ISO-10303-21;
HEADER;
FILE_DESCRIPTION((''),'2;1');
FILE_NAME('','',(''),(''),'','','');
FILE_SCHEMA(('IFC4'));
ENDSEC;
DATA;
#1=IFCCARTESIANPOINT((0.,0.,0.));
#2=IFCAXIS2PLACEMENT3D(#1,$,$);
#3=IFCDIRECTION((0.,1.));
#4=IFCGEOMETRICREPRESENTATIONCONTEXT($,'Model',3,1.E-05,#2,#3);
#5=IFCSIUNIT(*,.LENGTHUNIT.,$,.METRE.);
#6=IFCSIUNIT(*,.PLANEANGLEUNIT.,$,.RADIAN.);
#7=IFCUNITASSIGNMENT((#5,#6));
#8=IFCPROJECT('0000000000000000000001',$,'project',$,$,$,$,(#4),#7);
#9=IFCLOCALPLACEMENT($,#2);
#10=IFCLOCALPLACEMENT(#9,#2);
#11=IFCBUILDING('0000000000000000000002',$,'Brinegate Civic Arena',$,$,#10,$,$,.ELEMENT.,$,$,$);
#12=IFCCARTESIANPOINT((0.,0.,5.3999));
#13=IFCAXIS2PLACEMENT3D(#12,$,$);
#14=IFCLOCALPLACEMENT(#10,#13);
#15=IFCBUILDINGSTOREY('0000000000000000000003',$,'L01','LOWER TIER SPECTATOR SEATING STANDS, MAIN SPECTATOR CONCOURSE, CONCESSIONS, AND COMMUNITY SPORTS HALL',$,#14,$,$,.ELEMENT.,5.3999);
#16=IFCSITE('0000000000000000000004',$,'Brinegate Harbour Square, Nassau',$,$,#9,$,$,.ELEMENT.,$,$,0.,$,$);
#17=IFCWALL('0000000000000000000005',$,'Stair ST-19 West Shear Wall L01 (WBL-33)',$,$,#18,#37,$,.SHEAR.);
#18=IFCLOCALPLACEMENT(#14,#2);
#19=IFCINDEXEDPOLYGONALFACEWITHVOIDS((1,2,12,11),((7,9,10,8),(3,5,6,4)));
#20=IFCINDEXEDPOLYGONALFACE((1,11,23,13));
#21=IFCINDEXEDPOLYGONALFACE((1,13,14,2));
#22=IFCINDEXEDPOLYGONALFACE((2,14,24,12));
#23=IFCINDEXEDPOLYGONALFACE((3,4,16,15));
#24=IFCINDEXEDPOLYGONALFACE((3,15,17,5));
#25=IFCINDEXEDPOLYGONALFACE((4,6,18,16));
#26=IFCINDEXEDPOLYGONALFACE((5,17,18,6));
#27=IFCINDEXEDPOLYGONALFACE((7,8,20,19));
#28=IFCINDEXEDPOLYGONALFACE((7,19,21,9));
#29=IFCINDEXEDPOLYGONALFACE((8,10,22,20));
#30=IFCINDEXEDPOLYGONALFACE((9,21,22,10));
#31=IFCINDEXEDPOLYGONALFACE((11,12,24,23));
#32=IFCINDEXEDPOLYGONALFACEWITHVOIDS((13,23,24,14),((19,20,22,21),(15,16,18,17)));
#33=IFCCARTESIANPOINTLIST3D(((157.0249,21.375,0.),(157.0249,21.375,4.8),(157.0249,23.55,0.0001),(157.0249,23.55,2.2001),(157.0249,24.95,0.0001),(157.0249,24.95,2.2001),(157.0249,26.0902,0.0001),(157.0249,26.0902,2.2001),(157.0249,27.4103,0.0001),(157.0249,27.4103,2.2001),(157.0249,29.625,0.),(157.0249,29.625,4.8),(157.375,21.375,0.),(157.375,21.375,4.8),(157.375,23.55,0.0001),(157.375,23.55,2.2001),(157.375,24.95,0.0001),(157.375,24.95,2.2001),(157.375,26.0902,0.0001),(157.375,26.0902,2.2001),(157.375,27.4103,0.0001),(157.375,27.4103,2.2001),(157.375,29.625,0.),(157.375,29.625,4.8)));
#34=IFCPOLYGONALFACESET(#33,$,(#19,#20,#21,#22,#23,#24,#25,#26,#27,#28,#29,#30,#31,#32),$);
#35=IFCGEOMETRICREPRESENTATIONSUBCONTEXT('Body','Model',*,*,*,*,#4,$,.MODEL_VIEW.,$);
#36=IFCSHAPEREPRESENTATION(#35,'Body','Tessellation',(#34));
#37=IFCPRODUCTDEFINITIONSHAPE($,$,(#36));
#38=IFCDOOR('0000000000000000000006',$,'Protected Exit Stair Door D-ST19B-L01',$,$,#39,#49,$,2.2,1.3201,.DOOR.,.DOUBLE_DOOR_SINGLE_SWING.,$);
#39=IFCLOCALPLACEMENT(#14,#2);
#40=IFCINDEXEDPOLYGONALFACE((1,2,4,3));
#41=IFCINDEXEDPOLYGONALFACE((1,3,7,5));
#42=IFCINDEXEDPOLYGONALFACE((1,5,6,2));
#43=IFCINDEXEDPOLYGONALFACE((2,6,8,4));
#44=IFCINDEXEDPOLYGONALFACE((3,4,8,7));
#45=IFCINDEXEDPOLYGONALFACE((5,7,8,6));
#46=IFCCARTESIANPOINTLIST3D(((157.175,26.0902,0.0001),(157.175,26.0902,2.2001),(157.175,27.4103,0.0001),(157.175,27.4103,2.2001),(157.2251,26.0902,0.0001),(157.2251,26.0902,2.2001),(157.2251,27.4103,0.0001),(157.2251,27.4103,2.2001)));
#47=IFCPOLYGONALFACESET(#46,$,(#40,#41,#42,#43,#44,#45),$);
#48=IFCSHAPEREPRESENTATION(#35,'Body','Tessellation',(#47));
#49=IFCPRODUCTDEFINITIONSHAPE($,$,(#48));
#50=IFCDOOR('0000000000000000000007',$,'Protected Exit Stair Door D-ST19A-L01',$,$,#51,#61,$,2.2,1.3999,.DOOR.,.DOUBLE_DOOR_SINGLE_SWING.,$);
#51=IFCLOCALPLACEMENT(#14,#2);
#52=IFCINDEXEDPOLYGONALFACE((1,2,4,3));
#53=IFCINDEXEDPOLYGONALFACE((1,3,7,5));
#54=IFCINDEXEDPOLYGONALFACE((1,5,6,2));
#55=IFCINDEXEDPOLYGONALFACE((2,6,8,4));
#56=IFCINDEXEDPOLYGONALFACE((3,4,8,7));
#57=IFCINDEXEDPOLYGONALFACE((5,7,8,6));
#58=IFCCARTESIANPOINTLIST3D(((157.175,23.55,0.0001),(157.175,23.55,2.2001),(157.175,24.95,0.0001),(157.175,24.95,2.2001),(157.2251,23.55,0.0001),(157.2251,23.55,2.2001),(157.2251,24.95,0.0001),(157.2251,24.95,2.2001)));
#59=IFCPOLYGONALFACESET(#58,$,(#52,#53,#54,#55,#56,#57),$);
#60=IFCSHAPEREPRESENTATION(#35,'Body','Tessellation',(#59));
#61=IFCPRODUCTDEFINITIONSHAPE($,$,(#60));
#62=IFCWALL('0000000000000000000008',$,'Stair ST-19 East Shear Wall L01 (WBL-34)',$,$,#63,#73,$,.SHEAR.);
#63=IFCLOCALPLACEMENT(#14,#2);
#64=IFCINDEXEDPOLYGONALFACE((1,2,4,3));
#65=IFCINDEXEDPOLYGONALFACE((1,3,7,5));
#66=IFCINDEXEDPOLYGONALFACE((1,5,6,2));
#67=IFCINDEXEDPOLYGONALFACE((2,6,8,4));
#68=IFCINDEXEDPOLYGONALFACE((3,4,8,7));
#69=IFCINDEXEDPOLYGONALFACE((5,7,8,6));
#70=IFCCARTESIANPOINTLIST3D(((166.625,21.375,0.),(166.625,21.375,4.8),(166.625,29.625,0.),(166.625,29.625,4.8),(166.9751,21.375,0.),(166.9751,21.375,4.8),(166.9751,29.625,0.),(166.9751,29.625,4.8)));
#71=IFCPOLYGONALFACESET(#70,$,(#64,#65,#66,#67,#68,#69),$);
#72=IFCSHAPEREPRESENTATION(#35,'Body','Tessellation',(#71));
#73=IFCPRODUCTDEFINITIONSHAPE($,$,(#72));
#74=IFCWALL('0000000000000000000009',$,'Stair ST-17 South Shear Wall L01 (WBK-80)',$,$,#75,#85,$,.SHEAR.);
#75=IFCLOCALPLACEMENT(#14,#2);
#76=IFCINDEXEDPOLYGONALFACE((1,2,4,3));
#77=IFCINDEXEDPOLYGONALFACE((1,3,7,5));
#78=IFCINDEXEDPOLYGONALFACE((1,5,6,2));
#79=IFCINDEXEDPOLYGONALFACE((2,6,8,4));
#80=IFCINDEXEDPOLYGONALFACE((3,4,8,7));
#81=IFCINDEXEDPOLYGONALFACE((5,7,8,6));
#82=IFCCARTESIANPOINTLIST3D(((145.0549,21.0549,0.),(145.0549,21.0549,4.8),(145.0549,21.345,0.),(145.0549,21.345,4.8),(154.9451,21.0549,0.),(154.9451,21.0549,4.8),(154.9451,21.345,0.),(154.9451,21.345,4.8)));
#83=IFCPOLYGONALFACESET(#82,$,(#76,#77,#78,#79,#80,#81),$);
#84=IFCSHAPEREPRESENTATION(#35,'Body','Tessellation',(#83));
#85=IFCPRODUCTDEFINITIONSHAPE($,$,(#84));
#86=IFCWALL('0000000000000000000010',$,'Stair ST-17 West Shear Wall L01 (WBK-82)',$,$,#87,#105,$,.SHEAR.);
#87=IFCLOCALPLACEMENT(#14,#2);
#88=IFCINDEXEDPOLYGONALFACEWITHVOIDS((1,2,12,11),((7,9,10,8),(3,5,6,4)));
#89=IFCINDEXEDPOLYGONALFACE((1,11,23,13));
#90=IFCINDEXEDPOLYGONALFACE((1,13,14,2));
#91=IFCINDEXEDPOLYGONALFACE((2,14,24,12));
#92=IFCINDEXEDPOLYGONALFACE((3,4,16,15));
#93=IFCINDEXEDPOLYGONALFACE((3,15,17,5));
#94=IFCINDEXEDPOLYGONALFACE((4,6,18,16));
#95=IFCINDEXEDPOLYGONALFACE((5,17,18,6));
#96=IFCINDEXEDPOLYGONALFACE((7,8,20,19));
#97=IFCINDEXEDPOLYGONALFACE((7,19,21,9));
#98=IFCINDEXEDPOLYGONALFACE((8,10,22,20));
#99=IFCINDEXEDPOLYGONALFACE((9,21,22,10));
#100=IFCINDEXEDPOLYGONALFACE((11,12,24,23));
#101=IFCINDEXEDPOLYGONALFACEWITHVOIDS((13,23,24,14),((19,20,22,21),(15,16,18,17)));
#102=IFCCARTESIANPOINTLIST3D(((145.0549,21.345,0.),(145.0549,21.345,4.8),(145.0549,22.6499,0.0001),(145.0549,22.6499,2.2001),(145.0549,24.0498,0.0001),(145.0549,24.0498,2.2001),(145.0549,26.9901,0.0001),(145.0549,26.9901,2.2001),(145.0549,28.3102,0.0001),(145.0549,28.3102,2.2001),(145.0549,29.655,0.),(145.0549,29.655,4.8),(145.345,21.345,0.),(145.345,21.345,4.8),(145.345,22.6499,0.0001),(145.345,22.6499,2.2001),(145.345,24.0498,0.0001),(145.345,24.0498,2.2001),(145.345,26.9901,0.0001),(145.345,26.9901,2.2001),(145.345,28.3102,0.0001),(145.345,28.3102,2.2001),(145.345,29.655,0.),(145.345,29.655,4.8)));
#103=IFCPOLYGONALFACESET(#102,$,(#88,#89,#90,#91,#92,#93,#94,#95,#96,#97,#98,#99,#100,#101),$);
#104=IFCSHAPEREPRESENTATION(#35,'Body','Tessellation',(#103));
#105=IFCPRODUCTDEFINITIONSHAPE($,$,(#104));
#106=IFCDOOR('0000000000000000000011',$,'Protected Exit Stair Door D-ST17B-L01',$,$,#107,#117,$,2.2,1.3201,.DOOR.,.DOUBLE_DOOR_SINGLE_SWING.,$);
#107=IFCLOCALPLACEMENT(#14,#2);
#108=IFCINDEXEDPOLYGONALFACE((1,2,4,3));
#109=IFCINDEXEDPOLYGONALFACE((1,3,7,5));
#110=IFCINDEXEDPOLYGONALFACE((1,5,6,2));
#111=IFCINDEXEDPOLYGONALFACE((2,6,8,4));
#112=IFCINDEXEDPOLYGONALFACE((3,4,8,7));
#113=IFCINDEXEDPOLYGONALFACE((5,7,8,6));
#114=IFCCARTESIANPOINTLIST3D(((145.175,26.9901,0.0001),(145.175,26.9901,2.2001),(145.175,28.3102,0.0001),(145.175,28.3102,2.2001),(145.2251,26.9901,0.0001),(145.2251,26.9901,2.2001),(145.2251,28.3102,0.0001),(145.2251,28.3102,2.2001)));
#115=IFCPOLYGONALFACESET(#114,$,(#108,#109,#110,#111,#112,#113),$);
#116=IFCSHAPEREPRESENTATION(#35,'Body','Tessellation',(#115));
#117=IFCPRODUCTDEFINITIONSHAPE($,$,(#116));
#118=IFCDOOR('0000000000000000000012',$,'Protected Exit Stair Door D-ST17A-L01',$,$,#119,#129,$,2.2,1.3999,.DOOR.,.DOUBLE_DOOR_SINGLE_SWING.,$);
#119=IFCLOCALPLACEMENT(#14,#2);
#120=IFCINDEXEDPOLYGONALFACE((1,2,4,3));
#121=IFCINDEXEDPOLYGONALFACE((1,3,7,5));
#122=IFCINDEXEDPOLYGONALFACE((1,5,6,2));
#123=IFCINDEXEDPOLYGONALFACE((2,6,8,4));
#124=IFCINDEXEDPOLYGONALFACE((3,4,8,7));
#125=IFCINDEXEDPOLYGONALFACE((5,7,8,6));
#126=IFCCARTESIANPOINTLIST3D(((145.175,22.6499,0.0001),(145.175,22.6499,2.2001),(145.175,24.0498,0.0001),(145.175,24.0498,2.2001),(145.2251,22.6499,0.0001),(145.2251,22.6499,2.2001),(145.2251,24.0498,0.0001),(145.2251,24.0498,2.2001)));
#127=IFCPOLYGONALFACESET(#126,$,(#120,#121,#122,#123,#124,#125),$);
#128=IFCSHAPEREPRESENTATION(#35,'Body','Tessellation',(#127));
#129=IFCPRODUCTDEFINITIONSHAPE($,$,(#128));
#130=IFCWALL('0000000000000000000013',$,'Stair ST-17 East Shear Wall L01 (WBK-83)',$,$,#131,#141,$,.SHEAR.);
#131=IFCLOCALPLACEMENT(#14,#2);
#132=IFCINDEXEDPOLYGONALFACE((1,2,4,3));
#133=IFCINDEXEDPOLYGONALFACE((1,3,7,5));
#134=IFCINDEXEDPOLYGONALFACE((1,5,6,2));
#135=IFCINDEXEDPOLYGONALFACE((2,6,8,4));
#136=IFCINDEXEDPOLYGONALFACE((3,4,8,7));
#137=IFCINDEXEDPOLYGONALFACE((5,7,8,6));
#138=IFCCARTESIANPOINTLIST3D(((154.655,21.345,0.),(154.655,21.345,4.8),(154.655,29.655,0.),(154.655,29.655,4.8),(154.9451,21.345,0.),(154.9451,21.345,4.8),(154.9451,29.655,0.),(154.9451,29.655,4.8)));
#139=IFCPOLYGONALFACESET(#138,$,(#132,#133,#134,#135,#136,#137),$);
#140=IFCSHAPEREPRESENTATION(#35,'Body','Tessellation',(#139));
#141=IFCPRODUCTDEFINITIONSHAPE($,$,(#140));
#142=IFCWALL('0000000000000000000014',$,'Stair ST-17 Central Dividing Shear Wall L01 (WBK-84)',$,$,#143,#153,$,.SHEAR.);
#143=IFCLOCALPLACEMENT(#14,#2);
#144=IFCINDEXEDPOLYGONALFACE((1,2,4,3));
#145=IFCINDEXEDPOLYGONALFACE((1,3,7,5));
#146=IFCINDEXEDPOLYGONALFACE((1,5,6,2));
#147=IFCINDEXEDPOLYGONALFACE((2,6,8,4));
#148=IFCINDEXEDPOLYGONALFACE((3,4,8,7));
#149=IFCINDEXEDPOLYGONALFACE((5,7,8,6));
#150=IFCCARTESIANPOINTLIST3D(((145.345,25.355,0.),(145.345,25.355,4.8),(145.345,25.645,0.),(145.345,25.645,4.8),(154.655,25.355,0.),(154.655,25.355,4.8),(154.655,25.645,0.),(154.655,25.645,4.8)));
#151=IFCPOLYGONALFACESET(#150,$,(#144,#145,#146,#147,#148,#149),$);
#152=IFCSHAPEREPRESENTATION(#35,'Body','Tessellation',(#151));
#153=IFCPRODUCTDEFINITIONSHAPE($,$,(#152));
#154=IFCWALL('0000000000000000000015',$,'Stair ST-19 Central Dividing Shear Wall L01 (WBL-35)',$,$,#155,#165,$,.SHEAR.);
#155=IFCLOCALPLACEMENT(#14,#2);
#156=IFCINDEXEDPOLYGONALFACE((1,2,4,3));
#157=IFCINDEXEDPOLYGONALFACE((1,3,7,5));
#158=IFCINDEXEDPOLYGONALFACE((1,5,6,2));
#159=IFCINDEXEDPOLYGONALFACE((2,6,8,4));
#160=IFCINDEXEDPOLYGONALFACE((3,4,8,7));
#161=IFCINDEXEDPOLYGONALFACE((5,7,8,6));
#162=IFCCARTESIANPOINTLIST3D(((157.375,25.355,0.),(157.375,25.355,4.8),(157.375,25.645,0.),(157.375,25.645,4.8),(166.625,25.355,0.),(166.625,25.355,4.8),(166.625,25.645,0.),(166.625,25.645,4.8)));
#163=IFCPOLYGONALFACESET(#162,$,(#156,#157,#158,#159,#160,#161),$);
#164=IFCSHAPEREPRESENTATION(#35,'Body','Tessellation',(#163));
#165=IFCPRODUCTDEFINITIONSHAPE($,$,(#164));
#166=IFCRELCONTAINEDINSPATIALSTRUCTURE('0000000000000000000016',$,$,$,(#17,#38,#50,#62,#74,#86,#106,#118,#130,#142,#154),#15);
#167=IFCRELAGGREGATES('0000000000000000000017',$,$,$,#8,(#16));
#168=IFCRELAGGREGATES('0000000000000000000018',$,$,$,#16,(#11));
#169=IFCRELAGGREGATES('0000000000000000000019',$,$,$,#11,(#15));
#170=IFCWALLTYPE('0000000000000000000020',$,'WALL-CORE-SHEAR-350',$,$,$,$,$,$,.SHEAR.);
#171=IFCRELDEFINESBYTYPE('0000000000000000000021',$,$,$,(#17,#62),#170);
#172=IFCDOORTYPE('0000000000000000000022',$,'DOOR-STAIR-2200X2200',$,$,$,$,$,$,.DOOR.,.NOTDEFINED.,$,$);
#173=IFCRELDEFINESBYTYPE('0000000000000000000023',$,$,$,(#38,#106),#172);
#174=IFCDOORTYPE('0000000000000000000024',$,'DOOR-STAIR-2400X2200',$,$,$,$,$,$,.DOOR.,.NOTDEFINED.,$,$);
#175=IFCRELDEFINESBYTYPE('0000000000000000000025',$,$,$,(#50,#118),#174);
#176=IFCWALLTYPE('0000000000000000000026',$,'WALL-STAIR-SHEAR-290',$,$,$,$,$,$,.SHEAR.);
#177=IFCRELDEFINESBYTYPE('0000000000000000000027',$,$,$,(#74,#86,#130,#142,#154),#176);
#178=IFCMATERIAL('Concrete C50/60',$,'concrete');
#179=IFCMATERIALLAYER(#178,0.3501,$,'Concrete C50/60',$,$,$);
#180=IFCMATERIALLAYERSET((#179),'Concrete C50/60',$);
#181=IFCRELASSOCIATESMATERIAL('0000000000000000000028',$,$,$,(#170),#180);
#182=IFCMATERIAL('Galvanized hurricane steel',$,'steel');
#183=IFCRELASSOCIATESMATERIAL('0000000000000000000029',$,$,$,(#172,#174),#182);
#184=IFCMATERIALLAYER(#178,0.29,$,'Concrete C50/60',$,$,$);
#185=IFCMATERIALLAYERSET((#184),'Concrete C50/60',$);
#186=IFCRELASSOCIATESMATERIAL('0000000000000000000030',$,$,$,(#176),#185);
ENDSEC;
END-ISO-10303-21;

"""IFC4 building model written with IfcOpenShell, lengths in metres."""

from ifc_helpers import new_model, si_unit, direction, frame, frame_2d, origin, place, context, subcontext, project, spatial, rectangle, extrude, material, layer, layer_set, type_object, element, fill, save


model = new_model("IFC4")

# Units and contexts
model_context = context("Model", 3, precision=1e-05, world=origin(), true_north=direction((0.0, 1.0)))
body_context = subcontext(model_context, "Body", "Model", "MODEL_VIEW")
ifc_project = project(units=[si_unit("LENGTHUNIT", "METRE"), si_unit("PLANEANGLEUNIT", "RADIAN")], contexts=[model_context])

# Site, building, storey
site_placement = place(None, origin())
site = spatial("IfcSite", under=ifc_project, at=site_placement, Name="Brinegate Harbour Square, Nassau", CompositionType="ELEMENT", RefElevation=0.0)
building_placement = place(site_placement, origin())
building = spatial("IfcBuilding", under=site, at=building_placement, Name="Brinegate Civic Arena", CompositionType="ELEMENT")
storey_placement = place(building_placement, frame((0.0, 0.0, 5.3999)))
storey = spatial("IfcBuildingStorey", under=building, at=storey_placement, Name="L01", Description="LOWER TIER SPECTATOR SEATING STANDS, MAIN SPECTATOR CONCOURSE, CONCESSIONS, AND COMMUNITY SPORTS HALL", CompositionType="ELEMENT", Elevation=5.3999)

# Shared definitions
ifc_material_1 = material(Name="Concrete C50/60", Category="concrete")

# Shared definitions
ifc_layer_1 = layer(ifc_material_1, 0.3501, Name="Concrete C50/60")
ifc_layer_set_1 = layer_set([ifc_layer_1], Name="Concrete C50/60")
wall_type_1 = type_object("IfcWallType", Name="WALL-CORE-SHEAR-350", PredefinedType="SHEAR", material=ifc_layer_set_1)

# Wall, openings, doors
wall_1_placement = place(storey_placement, frame((157.2, 21.375, 0.0), z_axis=(0.0, 0.0, 1.0), x_axis=(0.0, 1.0, 0.0)))
wall_1 = element("IfcWall", 1, at=wall_1_placement, inside=storey, type_object=wall_type_1, Name="Stair ST-19 West Shear Wall L01 (WBL-33)", PredefinedType="SHEAR", context=body_context, shape_type="SweptSolid", body=[
    extrude(rectangle(XDim=8.25, YDim=0.3501, at=frame_2d((4.125, 0.0))), origin(), (0.0, 0.0, 1.0), 4.8),
])
opening_1_placement = place(wall_1_placement, frame((2.175, 0.0, 0.0)))
opening_1 = element("IfcOpeningElement", 2, at=opening_1_placement, cuts=wall_1, PredefinedType="OPENING", context=body_context, shape_type="SweptSolid", body=[
    extrude(rectangle(XDim=1.3999, YDim=2.2, at=frame_2d((0.7, 1.1001))), frame((0.0, 0.1851, 0.0), z_axis=(0.0, -1.0, 0.0), x_axis=(1.0, 0.0, 0.0)), (0.0, 0.0, 1.0), 0.3701),
])
opening_2_placement = place(wall_1_placement, frame((4.7151, 0.0, 0.0)))
opening_2 = element("IfcOpeningElement", 3, at=opening_2_placement, cuts=wall_1, PredefinedType="OPENING", context=body_context, shape_type="SweptSolid", body=[
    extrude(rectangle(XDim=1.3201, YDim=2.2, at=frame_2d((0.6602, 1.1001))), frame((0.0, 0.1851, 0.0), z_axis=(0.0, -1.0, 0.0), x_axis=(1.0, 0.0, 0.0)), (0.0, 0.0, 1.0), 0.3701),
])
ifc_material_2 = material(Name="Galvanized hurricane steel", Category="steel")
door_type_1 = type_object("IfcDoorType", Name="DOOR-STAIR-2200X2200", OperationType="NOTDEFINED", PredefinedType="DOOR", material=ifc_material_2)
door_1_placement = place(opening_2_placement, origin())
door_1 = element("IfcDoor", 4, at=door_1_placement, inside=storey, type_object=door_type_1, Name="Protected Exit Stair Door D-ST19B-L01", OperationType="DOUBLE_DOOR_SINGLE_SWING", OverallHeight=2.2, OverallWidth=1.3201, PredefinedType="DOOR", context=body_context, shape_type="SweptSolid", body=[
    extrude(rectangle(XDim=1.3201, YDim=2.2, at=frame_2d((0.6602, 1.1001))), frame((0.0, 0.0249, 0.0), z_axis=(0.0, -1.0, 0.0), x_axis=(1.0, 0.0, 0.0)), (0.0, 0.0, 1.0), 0.05),
])
fill(opening_2, door_1)
door_type_2 = type_object("IfcDoorType", Name="DOOR-STAIR-2400X2200", OperationType="NOTDEFINED", PredefinedType="DOOR", material=ifc_material_2)
door_2_placement = place(opening_1_placement, origin())
door_2 = element("IfcDoor", 5, at=door_2_placement, inside=storey, type_object=door_type_2, Name="Protected Exit Stair Door D-ST19A-L01", OperationType="DOUBLE_DOOR_SINGLE_SWING", OverallHeight=2.2, OverallWidth=1.3999, PredefinedType="DOOR", context=body_context, shape_type="SweptSolid", body=[
    extrude(rectangle(XDim=1.3999, YDim=2.2, at=frame_2d((0.7, 1.1001))), frame((0.0, 0.0249, 0.0), z_axis=(0.0, -1.0, 0.0), x_axis=(1.0, 0.0, 0.0)), (0.0, 0.0, 1.0), 0.05),
])
fill(opening_1, door_2)

# Walls
wall_2_placement = place(storey_placement, frame((166.8, 21.375, 0.0), z_axis=(0.0, 0.0, 1.0), x_axis=(0.0, 1.0, 0.0)))
element("IfcWall", 6, at=wall_2_placement, inside=storey, type_object=wall_type_1, Name="Stair ST-19 East Shear Wall L01 (WBL-34)", PredefinedType="SHEAR", context=body_context, shape_type="SweptSolid", body=[
    extrude(rectangle(XDim=8.25, YDim=0.3501, at=frame_2d((4.125, 0.0))), origin(), (0.0, 0.0, 1.0), 4.8),
])
ifc_layer_2 = layer(ifc_material_1, 0.29, Name="Concrete C50/60")
ifc_layer_set_2 = layer_set([ifc_layer_2], Name="Concrete C50/60")
wall_type_2 = type_object("IfcWallType", Name="WALL-STAIR-SHEAR-290", PredefinedType="SHEAR", material=ifc_layer_set_2)
wall_3_placement = place(storey_placement, frame((145.0549, 21.2, 0.0), z_axis=(0.0, 0.0, 1.0), x_axis=(1.0, 0.0, 0.0)))
element("IfcWall", 7, at=wall_3_placement, inside=storey, type_object=wall_type_2, Name="Stair ST-17 South Shear Wall L01 (WBK-80)", PredefinedType="SHEAR", context=body_context, shape_type="SweptSolid", body=[
    extrude(rectangle(XDim=9.8901, YDim=0.29, at=frame_2d((4.9451, 0.0))), origin(), (0.0, 0.0, 1.0), 4.8),
])

# Wall, openings, doors
wall_4_placement = place(storey_placement, frame((145.2, 21.345, 0.0), z_axis=(0.0, 0.0, 1.0), x_axis=(0.0, 1.0, 0.0)))
wall_4 = element("IfcWall", 8, at=wall_4_placement, inside=storey, type_object=wall_type_2, Name="Stair ST-17 West Shear Wall L01 (WBK-82)", PredefinedType="SHEAR", context=body_context, shape_type="SweptSolid", body=[
    extrude(rectangle(XDim=8.3101, YDim=0.29, at=frame_2d((4.155, 0.0))), origin(), (0.0, 0.0, 1.0), 4.8),
])
opening_3_placement = place(wall_4_placement, frame((1.3049, 0.0, 0.0)))
opening_3 = element("IfcOpeningElement", 9, at=opening_3_placement, cuts=wall_4, PredefinedType="OPENING", context=body_context, shape_type="SweptSolid", body=[
    extrude(rectangle(XDim=1.3999, YDim=2.2, at=frame_2d((0.7, 1.1001))), frame((0.0, 0.155, 0.0), z_axis=(0.0, -1.0, 0.0), x_axis=(1.0, 0.0, 0.0)), (0.0, 0.0, 1.0), 0.3101),
])
opening_4_placement = place(wall_4_placement, frame((5.645, 0.0, 0.0)))
opening_4 = element("IfcOpeningElement", 10, at=opening_4_placement, cuts=wall_4, PredefinedType="OPENING", context=body_context, shape_type="SweptSolid", body=[
    extrude(rectangle(XDim=1.3201, YDim=2.2, at=frame_2d((0.6602, 1.1001))), frame((0.0, 0.155, 0.0), z_axis=(0.0, -1.0, 0.0), x_axis=(1.0, 0.0, 0.0)), (0.0, 0.0, 1.0), 0.3101),
])
door_3_placement = place(opening_4_placement, origin())
door_3 = element("IfcDoor", 11, at=door_3_placement, inside=storey, type_object=door_type_1, Name="Protected Exit Stair Door D-ST17B-L01", OperationType="DOUBLE_DOOR_SINGLE_SWING", OverallHeight=2.2, OverallWidth=1.3201, PredefinedType="DOOR", context=body_context, shape_type="SweptSolid", body=[
    extrude(rectangle(XDim=1.3201, YDim=2.2, at=frame_2d((0.6602, 1.1001))), frame((0.0, 0.0249, 0.0), z_axis=(0.0, -1.0, 0.0), x_axis=(1.0, 0.0, 0.0)), (0.0, 0.0, 1.0), 0.05),
])
fill(opening_4, door_3)
door_4_placement = place(opening_3_placement, origin())
door_4 = element("IfcDoor", 12, at=door_4_placement, inside=storey, type_object=door_type_2, Name="Protected Exit Stair Door D-ST17A-L01", OperationType="DOUBLE_DOOR_SINGLE_SWING", OverallHeight=2.2, OverallWidth=1.3999, PredefinedType="DOOR", context=body_context, shape_type="SweptSolid", body=[
    extrude(rectangle(XDim=1.3999, YDim=2.2, at=frame_2d((0.7, 1.1001))), frame((0.0, 0.0249, 0.0), z_axis=(0.0, -1.0, 0.0), x_axis=(1.0, 0.0, 0.0)), (0.0, 0.0, 1.0), 0.05),
])
fill(opening_3, door_4)

# Walls
wall_5_placement = place(storey_placement, frame((154.8, 21.345, 0.0), z_axis=(0.0, 0.0, 1.0), x_axis=(0.0, 1.0, 0.0)))
element("IfcWall", 13, at=wall_5_placement, inside=storey, type_object=wall_type_2, Name="Stair ST-17 East Shear Wall L01 (WBK-83)", PredefinedType="SHEAR", context=body_context, shape_type="SweptSolid", body=[
    extrude(rectangle(XDim=8.3101, YDim=0.29, at=frame_2d((4.155, 0.0))), origin(), (0.0, 0.0, 1.0), 4.8),
])
wall_6_placement = place(storey_placement, frame((145.345, 25.5, 0.0), z_axis=(0.0, 0.0, 1.0), x_axis=(1.0, 0.0, 0.0)))
element("IfcWall", 14, at=wall_6_placement, inside=storey, type_object=wall_type_2, Name="Stair ST-17 Central Dividing Shear Wall L01 (WBK-84)", PredefinedType="SHEAR", context=body_context, shape_type="SweptSolid", body=[
    extrude(rectangle(XDim=9.3101, YDim=0.29, at=frame_2d((4.655, 0.0))), origin(), (0.0, 0.0, 1.0), 4.8),
])
wall_7_placement = place(storey_placement, frame((157.375, 25.5, 0.0), z_axis=(0.0, 0.0, 1.0), x_axis=(1.0, 0.0, 0.0)))
element("IfcWall", 15, at=wall_7_placement, inside=storey, type_object=wall_type_2, Name="Stair ST-19 Central Dividing Shear Wall L01 (WBL-35)", PredefinedType="SHEAR", context=body_context, shape_type="SweptSolid", body=[
    extrude(rectangle(XDim=9.25, YDim=0.29, at=frame_2d((4.625, 0.0))), origin(), (0.0, 0.0, 1.0), 4.8),
])

save(model, "model.ifc")
